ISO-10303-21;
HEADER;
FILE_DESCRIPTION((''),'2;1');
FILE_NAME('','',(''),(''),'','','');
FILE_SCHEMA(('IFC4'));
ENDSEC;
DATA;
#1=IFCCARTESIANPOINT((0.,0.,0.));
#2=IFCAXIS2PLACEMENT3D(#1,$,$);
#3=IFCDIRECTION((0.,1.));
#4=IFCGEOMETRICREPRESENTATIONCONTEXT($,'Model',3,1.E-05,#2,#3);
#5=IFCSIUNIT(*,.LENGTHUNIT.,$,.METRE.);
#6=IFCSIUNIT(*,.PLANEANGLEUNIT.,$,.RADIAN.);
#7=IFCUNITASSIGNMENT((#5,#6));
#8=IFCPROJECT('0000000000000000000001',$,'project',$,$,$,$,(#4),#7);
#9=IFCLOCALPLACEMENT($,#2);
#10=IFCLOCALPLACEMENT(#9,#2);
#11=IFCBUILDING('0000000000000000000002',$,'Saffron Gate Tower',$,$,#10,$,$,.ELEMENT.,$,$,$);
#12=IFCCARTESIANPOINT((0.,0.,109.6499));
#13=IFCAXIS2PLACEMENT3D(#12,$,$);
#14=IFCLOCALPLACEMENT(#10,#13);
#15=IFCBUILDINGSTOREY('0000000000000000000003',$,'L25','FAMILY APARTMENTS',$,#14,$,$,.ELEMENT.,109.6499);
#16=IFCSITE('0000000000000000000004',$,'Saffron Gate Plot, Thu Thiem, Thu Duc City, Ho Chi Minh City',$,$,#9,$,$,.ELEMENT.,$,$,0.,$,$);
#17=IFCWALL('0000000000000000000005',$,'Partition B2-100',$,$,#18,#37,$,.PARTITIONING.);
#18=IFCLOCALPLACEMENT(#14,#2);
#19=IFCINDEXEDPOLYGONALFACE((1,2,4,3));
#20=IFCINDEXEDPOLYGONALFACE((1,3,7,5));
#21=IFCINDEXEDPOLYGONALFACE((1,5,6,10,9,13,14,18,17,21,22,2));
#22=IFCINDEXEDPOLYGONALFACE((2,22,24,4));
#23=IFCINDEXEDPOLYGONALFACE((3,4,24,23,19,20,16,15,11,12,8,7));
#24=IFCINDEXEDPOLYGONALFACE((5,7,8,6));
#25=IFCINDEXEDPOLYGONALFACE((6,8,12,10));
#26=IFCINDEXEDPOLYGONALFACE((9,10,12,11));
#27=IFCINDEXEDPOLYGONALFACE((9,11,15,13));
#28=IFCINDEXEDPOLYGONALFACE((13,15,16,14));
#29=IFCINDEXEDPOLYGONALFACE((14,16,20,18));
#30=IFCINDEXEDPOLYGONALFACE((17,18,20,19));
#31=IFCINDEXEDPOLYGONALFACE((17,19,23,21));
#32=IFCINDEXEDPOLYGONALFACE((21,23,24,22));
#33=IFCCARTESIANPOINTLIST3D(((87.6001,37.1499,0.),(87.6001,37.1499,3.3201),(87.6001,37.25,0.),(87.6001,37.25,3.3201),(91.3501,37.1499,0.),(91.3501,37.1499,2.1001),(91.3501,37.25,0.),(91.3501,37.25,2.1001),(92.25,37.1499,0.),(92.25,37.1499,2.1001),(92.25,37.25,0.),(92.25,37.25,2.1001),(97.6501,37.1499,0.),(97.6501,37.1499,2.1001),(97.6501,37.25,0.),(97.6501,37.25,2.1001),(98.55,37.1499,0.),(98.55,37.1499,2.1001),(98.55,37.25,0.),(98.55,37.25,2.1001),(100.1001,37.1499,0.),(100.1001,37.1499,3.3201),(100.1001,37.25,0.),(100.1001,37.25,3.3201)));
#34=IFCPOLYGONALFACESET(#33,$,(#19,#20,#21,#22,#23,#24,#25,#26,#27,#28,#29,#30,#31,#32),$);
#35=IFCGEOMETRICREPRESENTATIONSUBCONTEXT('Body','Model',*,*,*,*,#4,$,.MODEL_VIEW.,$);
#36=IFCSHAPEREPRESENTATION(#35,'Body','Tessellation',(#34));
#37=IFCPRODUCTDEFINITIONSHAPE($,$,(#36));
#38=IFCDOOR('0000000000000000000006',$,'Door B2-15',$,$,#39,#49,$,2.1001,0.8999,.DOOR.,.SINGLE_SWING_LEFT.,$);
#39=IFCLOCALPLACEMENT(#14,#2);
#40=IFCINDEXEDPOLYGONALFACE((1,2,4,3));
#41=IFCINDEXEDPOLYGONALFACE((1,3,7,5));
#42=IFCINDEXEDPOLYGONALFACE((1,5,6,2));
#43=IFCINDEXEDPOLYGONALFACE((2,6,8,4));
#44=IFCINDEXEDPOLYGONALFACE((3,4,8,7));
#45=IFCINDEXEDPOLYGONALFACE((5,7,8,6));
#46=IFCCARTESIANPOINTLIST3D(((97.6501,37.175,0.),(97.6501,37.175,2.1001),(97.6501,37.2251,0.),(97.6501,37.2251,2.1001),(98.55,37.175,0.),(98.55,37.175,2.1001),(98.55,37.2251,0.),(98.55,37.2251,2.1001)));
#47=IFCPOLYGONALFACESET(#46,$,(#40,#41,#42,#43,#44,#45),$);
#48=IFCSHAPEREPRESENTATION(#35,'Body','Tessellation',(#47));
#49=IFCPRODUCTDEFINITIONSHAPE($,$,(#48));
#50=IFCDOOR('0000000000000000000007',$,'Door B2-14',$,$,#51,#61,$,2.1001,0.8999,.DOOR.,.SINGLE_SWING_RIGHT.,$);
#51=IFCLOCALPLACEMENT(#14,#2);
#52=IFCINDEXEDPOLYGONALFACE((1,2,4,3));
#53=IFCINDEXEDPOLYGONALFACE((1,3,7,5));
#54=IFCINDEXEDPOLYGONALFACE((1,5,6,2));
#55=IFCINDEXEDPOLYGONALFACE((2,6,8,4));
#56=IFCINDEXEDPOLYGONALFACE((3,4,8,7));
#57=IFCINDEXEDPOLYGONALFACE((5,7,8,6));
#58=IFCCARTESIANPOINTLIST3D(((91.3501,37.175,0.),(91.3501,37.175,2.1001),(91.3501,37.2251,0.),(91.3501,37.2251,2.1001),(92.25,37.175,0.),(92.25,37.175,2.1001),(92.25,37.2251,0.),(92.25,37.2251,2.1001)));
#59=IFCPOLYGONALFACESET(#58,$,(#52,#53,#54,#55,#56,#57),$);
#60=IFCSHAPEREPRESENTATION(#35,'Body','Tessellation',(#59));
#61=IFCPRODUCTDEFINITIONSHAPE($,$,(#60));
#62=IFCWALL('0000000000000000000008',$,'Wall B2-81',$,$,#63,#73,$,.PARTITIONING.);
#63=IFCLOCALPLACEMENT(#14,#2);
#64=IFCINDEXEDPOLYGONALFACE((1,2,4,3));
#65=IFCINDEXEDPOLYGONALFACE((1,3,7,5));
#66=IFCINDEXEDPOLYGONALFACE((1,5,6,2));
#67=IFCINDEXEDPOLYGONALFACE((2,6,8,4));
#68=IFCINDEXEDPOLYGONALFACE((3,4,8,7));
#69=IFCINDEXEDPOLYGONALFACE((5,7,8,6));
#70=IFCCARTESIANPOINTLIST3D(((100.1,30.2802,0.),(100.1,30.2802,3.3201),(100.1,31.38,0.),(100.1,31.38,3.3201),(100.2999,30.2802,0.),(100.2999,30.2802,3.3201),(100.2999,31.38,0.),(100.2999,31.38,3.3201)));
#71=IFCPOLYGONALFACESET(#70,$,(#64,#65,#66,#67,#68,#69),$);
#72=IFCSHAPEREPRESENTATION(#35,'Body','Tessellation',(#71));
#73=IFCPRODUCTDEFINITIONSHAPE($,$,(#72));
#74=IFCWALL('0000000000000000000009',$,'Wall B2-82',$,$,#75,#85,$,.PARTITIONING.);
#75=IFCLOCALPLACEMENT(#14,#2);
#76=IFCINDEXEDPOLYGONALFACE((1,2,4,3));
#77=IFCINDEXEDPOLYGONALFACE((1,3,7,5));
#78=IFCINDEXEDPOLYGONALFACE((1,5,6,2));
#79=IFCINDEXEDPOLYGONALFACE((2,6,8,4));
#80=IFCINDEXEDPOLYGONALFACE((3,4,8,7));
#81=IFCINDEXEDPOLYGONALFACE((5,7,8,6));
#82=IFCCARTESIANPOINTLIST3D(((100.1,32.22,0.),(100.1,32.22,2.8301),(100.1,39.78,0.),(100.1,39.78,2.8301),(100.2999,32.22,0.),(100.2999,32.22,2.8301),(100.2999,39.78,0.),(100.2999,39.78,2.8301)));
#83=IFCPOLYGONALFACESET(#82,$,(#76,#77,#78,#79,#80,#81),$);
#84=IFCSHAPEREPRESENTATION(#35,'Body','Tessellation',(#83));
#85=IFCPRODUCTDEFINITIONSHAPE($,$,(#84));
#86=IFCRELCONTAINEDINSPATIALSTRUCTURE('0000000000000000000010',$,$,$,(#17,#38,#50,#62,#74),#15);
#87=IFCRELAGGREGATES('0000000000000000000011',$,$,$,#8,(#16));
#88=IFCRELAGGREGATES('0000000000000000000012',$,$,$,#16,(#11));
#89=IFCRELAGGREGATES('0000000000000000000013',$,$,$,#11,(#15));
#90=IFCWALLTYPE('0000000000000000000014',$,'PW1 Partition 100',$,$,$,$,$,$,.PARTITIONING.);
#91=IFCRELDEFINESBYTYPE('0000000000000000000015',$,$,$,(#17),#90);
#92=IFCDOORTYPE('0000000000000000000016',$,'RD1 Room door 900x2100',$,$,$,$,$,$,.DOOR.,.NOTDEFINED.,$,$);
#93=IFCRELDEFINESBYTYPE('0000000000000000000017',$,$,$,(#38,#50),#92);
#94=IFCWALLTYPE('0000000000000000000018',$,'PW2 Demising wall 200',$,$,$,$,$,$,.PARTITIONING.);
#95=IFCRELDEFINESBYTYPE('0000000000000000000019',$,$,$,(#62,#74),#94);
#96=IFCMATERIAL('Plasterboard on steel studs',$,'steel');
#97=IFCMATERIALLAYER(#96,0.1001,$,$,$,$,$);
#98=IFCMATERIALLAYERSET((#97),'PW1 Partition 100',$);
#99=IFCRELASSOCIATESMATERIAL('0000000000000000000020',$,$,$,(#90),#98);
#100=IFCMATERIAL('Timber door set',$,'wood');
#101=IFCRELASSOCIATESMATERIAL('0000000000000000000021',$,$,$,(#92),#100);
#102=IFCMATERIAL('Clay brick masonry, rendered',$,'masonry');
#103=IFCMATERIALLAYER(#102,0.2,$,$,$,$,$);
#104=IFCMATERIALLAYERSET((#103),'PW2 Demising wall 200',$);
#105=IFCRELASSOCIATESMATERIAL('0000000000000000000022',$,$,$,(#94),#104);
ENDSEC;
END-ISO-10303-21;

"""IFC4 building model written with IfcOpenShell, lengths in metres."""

from ifc_helpers import new_model, si_unit, direction, frame, frame_2d, origin, place, context, subcontext, project, spatial, rectangle, extrude, material, layer, layer_set, type_object, element, fill, save


model = new_model("IFC4")

# Units and contexts
model_context = context("Model", 3, precision=1e-05, world=origin(), true_north=direction((0.0, 1.0)))
body_context = subcontext(model_context, "Body", "Model", "MODEL_VIEW")
ifc_project = project(units=[si_unit("LENGTHUNIT", "METRE"), si_unit("PLANEANGLEUNIT", "RADIAN")], contexts=[model_context])

# Site, building, storey
site_placement = place(None, origin())
site = spatial("IfcSite", under=ifc_project, at=site_placement, Name="Saffron Gate Plot, Thu Thiem, Thu Duc City, Ho Chi Minh City", CompositionType="ELEMENT", RefElevation=0.0)
building_placement = place(site_placement, origin())
building = spatial("IfcBuilding", under=site, at=building_placement, Name="Saffron Gate Tower", CompositionType="ELEMENT")
storey_placement = place(building_placement, frame((0.0, 0.0, 109.6499)))
storey = spatial("IfcBuildingStorey", under=building, at=storey_placement, Name="L25", Description="FAMILY APARTMENTS", CompositionType="ELEMENT", Elevation=109.6499)

# Shared definitions
ifc_material_1 = material(Name="Plasterboard on steel studs", Category="steel")
ifc_layer_1 = layer(ifc_material_1, 0.1001)
ifc_layer_set_1 = layer_set([ifc_layer_1], Name="PW1 Partition 100")
wall_type_1 = type_object("IfcWallType", Name="PW1 Partition 100", PredefinedType="PARTITIONING", material=ifc_layer_set_1)
ifc_material_2 = material(Name="Timber door set", Category="wood")
door_type = type_object("IfcDoorType", Name="RD1 Room door 900x2100", OperationType="NOTDEFINED", PredefinedType="DOOR", material=ifc_material_2)

# Wall, openings, doors
wall_1_placement = place(storey_placement, frame((100.1001, 37.2, 0.0), z_axis=(0.0, 0.0, 1.0), x_axis=(-1.0, 0.0, 0.0)))
wall_1 = element("IfcWall", 1, at=wall_1_placement, inside=storey, type_object=wall_type_1, Name="Partition B2-100", PredefinedType="PARTITIONING", context=body_context, shape_type="SweptSolid", body=[
    extrude(rectangle(XDim=12.5, YDim=0.1001, at=frame_2d((6.25, 0.0))), origin(), (0.0, 0.0, 1.0), 3.3201),
])
opening_1_placement = place(wall_1_placement, frame((1.55, 0.0, 0.0)))
opening_1 = element("IfcOpeningElement", 2, at=opening_1_placement, cuts=wall_1, PredefinedType="OPENING", context=body_context, shape_type="SweptSolid", body=[
    extrude(rectangle(XDim=0.8999, YDim=2.1001, at=frame_2d((0.45, 1.05))), frame((0.0, 0.0601, 0.0), z_axis=(0.0, -1.0, 0.0), x_axis=(1.0, 0.0, 0.0)), (0.0, 0.0, 1.0), 0.1201),
])
opening_2_placement = place(wall_1_placement, frame((7.8501, 0.0, 0.0)))
opening_2 = element("IfcOpeningElement", 3, at=opening_2_placement, cuts=wall_1, PredefinedType="OPENING", context=body_context, shape_type="SweptSolid", body=[
    extrude(rectangle(XDim=0.8999, YDim=2.1001, at=frame_2d((0.45, 1.05))), frame((0.0, 0.0601, 0.0), z_axis=(0.0, -1.0, 0.0), x_axis=(1.0, 0.0, 0.0)), (0.0, 0.0, 1.0), 0.1201),
])
door_1_placement = place(opening_1_placement, origin())
door_1 = element("IfcDoor", 4, at=door_1_placement, inside=storey, type_object=door_type, Name="Door B2-15", OperationType="SINGLE_SWING_LEFT", OverallHeight=2.1001, OverallWidth=0.8999, PredefinedType="DOOR", context=body_context, shape_type="SweptSolid", body=[
    extrude(rectangle(XDim=0.8999, YDim=2.1001, at=frame_2d((0.45, 1.05))), frame((0.0, 0.0249, 0.0), z_axis=(0.0, -1.0, 0.0), x_axis=(1.0, 0.0, 0.0)), (0.0, 0.0, 1.0), 0.05),
])
fill(opening_1, door_1)
door_2_placement = place(opening_2_placement, origin())
door_2 = element("IfcDoor", 5, at=door_2_placement, inside=storey, type_object=door_type, Name="Door B2-14", OperationType="SINGLE_SWING_RIGHT", OverallHeight=2.1001, OverallWidth=0.8999, PredefinedType="DOOR", context=body_context, shape_type="SweptSolid", body=[
    extrude(rectangle(XDim=0.8999, YDim=2.1001, at=frame_2d((0.45, 1.05))), frame((0.0, 0.0249, 0.0), z_axis=(0.0, -1.0, 0.0), x_axis=(1.0, 0.0, 0.0)), (0.0, 0.0, 1.0), 0.05),
])
fill(opening_2, door_2)

# Walls
ifc_material_3 = material(Name="Clay brick masonry, rendered", Category="masonry")
ifc_layer_2 = layer(ifc_material_3, 0.2)
ifc_layer_set_2 = layer_set([ifc_layer_2], Name="PW2 Demising wall 200")
wall_type_2 = type_object("IfcWallType", Name="PW2 Demising wall 200", PredefinedType="PARTITIONING", material=ifc_layer_set_2)
wall_2_placement = place(storey_placement, frame((100.2, 31.3799, 0.0), z_axis=(0.0, 0.0, 1.0), x_axis=(0.0, -1.0, 0.0)))
element("IfcWall", 6, at=wall_2_placement, inside=storey, type_object=wall_type_2, Name="Wall B2-81", PredefinedType="PARTITIONING", context=body_context, shape_type="SweptSolid", body=[
    extrude(rectangle(XDim=1.0999, YDim=0.2, at=frame_2d((0.5498, 0.0))), origin(), (0.0, 0.0, 1.0), 3.3201),
])
wall_3_placement = place(storey_placement, frame((100.2, 39.78, 0.0), z_axis=(0.0, 0.0, 1.0), x_axis=(0.0, -1.0, 0.0)))
element("IfcWall", 7, at=wall_3_placement, inside=storey, type_object=wall_type_2, Name="Wall B2-82", PredefinedType="PARTITIONING", context=body_context, shape_type="SweptSolid", body=[
    extrude(rectangle(XDim=7.5601, YDim=0.2, at=frame_2d((3.78, 0.0))), origin(), (0.0, 0.0, 1.0), 2.8301),
])

save(model, "model.ifc")
